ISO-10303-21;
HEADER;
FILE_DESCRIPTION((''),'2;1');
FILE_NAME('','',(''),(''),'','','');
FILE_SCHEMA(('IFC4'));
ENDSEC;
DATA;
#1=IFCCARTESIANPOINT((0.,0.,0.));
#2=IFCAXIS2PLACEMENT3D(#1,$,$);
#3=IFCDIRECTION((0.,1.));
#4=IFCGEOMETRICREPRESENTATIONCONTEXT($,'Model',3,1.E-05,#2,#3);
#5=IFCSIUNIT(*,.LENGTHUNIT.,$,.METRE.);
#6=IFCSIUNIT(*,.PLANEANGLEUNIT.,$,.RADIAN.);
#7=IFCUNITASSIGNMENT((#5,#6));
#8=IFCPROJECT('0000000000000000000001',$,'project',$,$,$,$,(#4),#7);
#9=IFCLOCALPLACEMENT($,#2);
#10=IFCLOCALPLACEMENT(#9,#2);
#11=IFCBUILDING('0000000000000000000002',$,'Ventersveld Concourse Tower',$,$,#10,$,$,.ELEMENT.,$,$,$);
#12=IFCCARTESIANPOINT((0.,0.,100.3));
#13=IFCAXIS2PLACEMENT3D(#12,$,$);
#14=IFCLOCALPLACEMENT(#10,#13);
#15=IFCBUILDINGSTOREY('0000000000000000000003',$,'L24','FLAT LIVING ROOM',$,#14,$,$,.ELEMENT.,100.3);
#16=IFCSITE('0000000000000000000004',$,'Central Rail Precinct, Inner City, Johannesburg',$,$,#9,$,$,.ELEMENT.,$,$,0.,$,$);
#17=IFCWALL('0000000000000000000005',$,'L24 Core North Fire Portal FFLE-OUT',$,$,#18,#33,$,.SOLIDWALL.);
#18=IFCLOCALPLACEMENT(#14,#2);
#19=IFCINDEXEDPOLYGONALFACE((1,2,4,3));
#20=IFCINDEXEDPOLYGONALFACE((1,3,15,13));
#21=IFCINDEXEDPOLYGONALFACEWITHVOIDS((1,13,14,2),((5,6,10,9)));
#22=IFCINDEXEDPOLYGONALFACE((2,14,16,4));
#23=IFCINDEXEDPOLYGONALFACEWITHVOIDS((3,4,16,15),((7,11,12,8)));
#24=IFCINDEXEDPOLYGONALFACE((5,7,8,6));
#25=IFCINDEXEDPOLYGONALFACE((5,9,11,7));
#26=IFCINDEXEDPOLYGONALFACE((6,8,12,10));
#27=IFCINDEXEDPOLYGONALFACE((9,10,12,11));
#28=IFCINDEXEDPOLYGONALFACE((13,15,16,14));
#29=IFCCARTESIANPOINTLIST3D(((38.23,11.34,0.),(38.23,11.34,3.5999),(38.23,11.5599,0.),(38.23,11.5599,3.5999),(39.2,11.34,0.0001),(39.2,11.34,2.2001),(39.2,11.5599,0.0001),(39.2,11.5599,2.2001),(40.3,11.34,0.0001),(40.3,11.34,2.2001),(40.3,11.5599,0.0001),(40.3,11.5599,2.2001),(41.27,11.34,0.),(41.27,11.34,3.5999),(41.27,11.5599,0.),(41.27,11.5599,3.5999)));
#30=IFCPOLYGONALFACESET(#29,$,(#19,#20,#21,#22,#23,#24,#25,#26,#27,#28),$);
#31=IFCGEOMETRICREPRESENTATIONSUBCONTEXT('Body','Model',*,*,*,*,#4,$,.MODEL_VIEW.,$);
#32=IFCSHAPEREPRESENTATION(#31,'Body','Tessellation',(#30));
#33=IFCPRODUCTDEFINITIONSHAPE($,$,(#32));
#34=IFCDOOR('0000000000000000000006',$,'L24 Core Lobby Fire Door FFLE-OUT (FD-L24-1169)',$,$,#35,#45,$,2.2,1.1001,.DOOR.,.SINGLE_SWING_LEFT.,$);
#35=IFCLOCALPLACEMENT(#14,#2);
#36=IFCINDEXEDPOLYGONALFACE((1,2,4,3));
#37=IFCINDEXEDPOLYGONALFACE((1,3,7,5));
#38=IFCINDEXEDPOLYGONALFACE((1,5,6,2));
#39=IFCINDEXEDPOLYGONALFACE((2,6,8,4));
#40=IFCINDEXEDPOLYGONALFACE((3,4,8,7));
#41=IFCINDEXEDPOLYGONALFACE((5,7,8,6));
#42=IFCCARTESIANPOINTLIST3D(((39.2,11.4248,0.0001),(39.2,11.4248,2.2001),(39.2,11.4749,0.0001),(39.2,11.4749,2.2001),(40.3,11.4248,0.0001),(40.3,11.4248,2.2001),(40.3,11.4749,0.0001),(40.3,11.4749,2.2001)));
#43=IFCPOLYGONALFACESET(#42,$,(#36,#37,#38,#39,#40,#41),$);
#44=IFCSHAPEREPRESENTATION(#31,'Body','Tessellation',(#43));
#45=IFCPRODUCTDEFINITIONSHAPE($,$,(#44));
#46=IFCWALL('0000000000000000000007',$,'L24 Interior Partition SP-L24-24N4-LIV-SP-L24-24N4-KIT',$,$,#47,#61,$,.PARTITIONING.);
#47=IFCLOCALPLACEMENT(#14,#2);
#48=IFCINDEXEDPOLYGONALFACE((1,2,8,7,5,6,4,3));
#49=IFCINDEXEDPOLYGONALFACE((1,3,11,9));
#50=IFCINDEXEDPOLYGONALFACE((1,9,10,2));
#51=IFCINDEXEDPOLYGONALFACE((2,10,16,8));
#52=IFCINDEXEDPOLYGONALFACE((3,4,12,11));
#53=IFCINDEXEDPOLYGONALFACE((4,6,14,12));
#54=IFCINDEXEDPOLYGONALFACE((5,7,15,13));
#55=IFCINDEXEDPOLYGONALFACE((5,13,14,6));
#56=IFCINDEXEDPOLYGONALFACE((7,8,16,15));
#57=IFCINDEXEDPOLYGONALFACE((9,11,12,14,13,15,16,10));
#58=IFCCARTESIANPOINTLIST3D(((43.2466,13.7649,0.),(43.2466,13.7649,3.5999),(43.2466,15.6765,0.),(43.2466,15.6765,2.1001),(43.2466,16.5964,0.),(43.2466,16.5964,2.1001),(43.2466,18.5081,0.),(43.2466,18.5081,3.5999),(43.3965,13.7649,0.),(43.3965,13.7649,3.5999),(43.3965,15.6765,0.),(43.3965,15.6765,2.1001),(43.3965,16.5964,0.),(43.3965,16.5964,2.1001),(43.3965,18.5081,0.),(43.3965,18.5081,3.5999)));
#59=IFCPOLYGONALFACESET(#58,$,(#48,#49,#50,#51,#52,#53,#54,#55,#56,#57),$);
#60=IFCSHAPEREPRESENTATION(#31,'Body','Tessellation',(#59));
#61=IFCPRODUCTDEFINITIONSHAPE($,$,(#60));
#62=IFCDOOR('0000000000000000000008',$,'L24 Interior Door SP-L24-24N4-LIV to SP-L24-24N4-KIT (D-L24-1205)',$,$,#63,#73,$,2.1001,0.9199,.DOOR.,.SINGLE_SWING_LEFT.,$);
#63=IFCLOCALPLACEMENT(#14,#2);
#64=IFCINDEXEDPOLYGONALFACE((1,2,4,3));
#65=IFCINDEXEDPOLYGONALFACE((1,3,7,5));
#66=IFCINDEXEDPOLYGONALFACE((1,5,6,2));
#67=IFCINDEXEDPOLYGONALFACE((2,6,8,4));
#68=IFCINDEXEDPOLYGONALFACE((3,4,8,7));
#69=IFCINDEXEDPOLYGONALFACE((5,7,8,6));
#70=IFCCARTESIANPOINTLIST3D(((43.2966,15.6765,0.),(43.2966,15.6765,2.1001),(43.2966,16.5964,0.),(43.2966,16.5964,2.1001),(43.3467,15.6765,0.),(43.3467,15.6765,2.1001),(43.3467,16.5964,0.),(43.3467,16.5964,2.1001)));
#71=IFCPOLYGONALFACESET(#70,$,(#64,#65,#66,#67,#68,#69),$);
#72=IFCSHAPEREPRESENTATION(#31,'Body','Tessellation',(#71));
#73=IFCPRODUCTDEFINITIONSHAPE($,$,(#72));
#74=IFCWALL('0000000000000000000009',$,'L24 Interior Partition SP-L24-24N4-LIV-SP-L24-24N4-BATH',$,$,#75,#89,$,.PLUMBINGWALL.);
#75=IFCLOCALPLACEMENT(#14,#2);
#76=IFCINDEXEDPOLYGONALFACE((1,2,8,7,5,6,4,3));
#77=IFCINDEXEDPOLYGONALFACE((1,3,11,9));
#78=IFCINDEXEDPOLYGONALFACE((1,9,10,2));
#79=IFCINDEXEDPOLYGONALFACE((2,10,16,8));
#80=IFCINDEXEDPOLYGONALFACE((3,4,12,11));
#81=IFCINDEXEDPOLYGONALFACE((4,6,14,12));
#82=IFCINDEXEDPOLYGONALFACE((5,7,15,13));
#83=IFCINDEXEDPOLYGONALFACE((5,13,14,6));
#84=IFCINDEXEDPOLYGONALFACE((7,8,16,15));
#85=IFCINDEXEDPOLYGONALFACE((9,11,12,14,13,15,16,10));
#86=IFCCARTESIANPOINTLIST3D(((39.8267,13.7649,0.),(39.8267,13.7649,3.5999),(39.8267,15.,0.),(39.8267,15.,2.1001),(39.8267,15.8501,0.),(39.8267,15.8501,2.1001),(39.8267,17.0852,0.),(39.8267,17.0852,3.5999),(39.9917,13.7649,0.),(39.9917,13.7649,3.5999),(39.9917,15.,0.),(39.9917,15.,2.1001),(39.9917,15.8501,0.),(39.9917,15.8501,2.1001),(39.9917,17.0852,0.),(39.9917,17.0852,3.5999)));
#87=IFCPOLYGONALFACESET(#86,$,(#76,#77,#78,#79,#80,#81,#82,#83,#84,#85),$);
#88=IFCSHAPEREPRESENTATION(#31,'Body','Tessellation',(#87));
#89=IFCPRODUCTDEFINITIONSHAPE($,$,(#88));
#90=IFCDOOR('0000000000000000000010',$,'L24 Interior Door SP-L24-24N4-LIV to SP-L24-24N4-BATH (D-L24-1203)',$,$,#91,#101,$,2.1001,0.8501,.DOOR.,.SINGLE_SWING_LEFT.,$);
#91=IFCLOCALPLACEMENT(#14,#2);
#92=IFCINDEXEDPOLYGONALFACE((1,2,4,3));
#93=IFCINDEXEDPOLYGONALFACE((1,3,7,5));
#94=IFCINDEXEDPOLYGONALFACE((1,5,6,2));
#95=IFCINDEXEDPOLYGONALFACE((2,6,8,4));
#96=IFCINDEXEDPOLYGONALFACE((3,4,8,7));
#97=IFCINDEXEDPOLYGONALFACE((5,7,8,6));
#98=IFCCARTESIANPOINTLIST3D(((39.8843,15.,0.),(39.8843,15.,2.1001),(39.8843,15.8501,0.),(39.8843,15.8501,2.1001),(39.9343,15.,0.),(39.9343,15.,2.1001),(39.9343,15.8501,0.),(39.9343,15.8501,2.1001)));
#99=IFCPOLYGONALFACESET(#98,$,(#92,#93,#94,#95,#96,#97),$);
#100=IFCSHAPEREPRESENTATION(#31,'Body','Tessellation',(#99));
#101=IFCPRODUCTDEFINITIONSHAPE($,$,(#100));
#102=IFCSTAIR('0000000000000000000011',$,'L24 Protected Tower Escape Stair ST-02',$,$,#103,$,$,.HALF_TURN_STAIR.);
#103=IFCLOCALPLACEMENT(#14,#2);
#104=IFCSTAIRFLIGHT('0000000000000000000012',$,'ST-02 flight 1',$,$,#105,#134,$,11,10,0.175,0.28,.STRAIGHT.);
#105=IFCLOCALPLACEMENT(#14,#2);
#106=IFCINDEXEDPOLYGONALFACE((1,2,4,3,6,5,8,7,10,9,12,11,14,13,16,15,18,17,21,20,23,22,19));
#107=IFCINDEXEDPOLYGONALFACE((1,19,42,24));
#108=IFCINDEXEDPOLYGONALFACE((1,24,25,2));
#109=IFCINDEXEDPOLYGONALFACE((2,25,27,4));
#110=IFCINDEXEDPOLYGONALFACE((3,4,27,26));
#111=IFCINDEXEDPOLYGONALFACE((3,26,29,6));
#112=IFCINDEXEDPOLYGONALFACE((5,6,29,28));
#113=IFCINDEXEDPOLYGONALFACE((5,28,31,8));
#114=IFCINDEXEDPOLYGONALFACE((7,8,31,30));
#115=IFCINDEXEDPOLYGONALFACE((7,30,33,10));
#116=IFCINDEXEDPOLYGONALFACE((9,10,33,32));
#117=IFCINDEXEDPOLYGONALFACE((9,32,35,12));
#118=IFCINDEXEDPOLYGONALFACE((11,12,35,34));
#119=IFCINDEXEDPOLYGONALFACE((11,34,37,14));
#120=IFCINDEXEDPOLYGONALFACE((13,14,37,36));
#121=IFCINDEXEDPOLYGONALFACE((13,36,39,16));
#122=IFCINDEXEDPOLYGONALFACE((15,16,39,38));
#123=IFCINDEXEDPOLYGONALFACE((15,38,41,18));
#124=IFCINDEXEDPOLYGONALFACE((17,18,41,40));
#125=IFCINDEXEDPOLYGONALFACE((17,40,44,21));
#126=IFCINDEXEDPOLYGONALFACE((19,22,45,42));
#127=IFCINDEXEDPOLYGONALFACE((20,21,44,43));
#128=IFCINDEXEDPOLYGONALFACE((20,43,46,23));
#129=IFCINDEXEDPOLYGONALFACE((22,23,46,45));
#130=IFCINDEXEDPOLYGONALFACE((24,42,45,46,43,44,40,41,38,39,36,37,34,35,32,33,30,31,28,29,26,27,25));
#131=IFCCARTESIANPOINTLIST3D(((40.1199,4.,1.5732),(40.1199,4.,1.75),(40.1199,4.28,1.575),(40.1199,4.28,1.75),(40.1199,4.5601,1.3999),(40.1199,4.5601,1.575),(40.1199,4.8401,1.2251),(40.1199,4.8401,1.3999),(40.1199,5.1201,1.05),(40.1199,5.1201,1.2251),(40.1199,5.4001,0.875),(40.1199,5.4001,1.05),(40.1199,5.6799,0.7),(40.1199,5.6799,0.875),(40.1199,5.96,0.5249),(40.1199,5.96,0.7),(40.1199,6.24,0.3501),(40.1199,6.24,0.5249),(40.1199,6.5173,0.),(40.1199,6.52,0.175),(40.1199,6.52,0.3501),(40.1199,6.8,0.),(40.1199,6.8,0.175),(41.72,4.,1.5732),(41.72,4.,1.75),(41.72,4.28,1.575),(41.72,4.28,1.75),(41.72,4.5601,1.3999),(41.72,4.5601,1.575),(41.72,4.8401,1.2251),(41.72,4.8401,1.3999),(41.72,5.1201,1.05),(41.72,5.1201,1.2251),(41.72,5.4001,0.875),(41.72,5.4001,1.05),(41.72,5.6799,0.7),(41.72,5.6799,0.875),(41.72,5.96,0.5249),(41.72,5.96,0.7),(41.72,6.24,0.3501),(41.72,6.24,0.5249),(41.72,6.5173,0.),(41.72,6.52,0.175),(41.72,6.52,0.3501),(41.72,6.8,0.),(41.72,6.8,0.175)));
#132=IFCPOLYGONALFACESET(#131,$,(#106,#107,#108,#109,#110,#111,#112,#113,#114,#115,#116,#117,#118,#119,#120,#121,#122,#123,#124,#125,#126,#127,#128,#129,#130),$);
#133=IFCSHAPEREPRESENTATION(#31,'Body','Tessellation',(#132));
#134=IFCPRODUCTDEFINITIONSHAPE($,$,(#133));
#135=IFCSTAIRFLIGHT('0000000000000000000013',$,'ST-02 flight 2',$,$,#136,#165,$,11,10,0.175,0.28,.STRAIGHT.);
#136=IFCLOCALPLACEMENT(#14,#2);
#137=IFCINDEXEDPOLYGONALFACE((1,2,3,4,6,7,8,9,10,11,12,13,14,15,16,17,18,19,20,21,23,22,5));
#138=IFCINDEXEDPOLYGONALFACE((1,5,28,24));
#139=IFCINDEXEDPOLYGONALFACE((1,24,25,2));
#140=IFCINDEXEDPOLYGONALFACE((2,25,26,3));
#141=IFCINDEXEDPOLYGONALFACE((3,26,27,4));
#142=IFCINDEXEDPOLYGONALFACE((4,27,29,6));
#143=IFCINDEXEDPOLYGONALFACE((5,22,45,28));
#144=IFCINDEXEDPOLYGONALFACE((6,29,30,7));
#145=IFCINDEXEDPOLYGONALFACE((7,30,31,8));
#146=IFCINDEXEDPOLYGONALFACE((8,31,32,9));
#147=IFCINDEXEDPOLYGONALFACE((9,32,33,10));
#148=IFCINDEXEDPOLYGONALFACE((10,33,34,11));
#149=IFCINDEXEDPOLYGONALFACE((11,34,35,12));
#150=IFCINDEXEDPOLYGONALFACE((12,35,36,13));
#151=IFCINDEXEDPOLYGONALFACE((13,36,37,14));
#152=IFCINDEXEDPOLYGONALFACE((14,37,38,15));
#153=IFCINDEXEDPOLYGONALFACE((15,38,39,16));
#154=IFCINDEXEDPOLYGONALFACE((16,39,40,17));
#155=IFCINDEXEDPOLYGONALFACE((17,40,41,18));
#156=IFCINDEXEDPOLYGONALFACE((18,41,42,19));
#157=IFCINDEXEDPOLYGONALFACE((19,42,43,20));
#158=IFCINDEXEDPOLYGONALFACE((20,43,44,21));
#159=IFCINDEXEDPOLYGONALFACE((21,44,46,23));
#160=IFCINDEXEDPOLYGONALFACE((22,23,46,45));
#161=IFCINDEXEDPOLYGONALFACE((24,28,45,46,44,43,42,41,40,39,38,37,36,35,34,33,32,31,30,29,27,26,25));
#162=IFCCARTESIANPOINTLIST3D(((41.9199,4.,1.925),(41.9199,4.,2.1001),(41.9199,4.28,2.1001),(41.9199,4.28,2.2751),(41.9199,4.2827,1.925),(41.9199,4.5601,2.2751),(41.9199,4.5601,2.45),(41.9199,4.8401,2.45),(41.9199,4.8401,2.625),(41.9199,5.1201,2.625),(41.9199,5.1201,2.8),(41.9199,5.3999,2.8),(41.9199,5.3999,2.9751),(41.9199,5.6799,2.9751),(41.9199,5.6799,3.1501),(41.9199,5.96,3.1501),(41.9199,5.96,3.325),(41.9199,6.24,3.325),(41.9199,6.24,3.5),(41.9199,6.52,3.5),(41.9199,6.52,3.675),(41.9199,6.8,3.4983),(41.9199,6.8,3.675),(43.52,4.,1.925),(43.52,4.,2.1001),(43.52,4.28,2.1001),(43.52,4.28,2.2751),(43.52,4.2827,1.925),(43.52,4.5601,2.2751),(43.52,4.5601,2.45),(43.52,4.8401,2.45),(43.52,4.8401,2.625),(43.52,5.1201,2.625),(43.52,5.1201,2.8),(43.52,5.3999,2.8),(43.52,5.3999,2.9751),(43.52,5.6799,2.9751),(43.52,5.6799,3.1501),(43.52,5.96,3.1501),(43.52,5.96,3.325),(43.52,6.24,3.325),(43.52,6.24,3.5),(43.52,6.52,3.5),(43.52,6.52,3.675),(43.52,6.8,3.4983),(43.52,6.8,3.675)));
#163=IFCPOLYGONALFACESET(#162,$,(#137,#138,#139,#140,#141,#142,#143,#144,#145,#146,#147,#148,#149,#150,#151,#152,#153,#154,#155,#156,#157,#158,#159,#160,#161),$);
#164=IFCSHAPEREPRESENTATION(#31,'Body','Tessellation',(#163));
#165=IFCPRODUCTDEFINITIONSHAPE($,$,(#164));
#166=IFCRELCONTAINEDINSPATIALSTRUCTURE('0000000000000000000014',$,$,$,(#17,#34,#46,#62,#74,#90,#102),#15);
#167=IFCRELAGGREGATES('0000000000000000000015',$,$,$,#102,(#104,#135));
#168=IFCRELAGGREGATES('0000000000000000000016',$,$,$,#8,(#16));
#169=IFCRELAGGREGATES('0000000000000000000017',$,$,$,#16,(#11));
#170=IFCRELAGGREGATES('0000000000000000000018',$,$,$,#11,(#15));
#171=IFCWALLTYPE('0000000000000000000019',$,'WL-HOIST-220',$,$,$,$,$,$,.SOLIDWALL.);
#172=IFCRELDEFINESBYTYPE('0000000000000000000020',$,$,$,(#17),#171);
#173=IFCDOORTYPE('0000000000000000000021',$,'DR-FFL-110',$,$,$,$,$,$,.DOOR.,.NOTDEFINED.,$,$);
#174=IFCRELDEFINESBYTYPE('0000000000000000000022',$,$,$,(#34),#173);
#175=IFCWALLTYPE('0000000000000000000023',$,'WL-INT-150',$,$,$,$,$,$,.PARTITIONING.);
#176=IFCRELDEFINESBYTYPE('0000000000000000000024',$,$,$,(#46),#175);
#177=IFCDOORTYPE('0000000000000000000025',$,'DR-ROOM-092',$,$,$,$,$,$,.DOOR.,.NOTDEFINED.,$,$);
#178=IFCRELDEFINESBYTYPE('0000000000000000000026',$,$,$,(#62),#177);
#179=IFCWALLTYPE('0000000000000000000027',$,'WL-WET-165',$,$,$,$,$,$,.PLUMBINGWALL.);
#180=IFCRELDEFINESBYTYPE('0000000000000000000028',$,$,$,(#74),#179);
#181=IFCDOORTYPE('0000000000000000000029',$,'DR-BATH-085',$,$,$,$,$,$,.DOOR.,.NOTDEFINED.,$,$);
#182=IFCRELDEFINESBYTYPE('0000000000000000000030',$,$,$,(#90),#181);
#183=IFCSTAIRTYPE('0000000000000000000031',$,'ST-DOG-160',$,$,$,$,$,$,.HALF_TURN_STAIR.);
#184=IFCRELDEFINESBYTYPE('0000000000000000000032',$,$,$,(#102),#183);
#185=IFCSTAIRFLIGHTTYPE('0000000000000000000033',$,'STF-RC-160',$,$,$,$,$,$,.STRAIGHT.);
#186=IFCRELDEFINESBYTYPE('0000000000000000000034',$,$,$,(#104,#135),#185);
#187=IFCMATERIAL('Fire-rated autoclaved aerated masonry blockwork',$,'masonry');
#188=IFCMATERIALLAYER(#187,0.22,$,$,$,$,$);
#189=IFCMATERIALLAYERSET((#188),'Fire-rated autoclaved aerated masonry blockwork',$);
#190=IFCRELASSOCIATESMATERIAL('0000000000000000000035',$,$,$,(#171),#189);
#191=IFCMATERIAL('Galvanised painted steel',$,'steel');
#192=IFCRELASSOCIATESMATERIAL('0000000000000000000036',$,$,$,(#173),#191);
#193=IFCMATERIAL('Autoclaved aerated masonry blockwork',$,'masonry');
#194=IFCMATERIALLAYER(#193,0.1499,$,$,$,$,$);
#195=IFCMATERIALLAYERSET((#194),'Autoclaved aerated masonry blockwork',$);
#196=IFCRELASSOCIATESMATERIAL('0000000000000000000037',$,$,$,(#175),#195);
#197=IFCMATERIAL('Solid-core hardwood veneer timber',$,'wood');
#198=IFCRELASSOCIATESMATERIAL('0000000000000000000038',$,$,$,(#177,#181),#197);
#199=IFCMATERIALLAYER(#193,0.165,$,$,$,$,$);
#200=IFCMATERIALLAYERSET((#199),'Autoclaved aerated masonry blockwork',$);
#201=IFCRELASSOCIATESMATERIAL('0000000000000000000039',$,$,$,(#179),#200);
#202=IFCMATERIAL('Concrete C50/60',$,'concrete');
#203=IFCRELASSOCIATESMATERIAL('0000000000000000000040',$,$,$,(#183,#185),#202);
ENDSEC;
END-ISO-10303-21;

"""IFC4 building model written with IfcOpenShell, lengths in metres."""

from ifc_helpers import new_model, si_unit, direction, frame, frame_2d, origin, place, context, subcontext, project, spatial, polyline, rectangle, outline, extrude, material, layer, layer_set, type_object, element, fill, aggregate, save


model = new_model("IFC4")

# Units and contexts
model_context = context("Model", 3, precision=1e-05, world=origin(), true_north=direction((0.0, 1.0)))
body_context = subcontext(model_context, "Body", "Model", "MODEL_VIEW")
ifc_project = project(units=[si_unit("LENGTHUNIT", "METRE"), si_unit("PLANEANGLEUNIT", "RADIAN")], contexts=[model_context])

# Site, building, storey
site_placement = place(None, origin())
site = spatial("IfcSite", under=ifc_project, at=site_placement, Name="Central Rail Precinct, Inner City, Johannesburg", CompositionType="ELEMENT", RefElevation=0.0)
building_placement = place(site_placement, origin())
building = spatial("IfcBuilding", under=site, at=building_placement, Name="Ventersveld Concourse Tower", CompositionType="ELEMENT")
storey_placement = place(building_placement, frame((0.0, 0.0, 100.3)))
storey = spatial("IfcBuildingStorey", under=building, at=storey_placement, Name="L24", Description="FLAT LIVING ROOM", CompositionType="ELEMENT", Elevation=100.3)

# Shared definitions
ifc_material_1 = material(Name="Fire-rated autoclaved aerated masonry blockwork", Category="masonry")
ifc_layer_1 = layer(ifc_material_1, 0.22)
ifc_layer_set_1 = layer_set([ifc_layer_1], Name="Fire-rated autoclaved aerated masonry blockwork")
wall_type_1 = type_object("IfcWallType", Name="WL-HOIST-220", PredefinedType="SOLIDWALL", material=ifc_layer_set_1)

# Walls, openings, doors
ifc_material_2 = material(Name="Galvanised painted steel", Category="steel")
wall_1_placement = place(storey_placement, frame((38.23, 11.45, 0.0), z_axis=(0.0, 0.0, 1.0), x_axis=(1.0, 0.0, 0.0)))
wall_1 = element("IfcWall", 1, at=wall_1_placement, inside=storey, type_object=wall_type_1, Name="L24 Core North Fire Portal FFLE-OUT", PredefinedType="SOLIDWALL", context=body_context, shape_type="SweptSolid", body=[
    extrude(rectangle(XDim=3.04, YDim=0.22, at=frame_2d((1.52, 0.0))), origin(), (0.0, 0.0, 1.0), 3.5999),
])
opening_1_placement = place(wall_1_placement, frame((0.97, 0.0, 0.0)))
opening_1 = element("IfcOpeningElement", 2, at=opening_1_placement, cuts=wall_1, PredefinedType="OPENING", context=body_context, shape_type="SweptSolid", body=[
    extrude(rectangle(XDim=1.1001, YDim=2.2, at=frame_2d((0.55, 1.1001))), frame((0.0, 0.1201, 0.0), z_axis=(0.0, -1.0, 0.0), x_axis=(1.0, 0.0, 0.0)), (0.0, 0.0, 1.0), 0.24),
])
door_type_1 = type_object("IfcDoorType", Name="DR-FFL-110", OperationType="NOTDEFINED", PredefinedType="DOOR", material=ifc_material_2)
door_1_placement = place(opening_1_placement, origin())
door_1 = element("IfcDoor", 3, at=door_1_placement, inside=storey, type_object=door_type_1, Name="L24 Core Lobby Fire Door FFLE-OUT (FD-L24-1169)", OperationType="SINGLE_SWING_LEFT", OverallHeight=2.2, OverallWidth=1.1001, PredefinedType="DOOR", context=body_context, shape_type="SweptSolid", body=[
    extrude(rectangle(XDim=1.1001, YDim=2.2, at=frame_2d((0.55, 1.1001))), frame((0.0, 0.0249, 0.0), z_axis=(0.0, -1.0, 0.0), x_axis=(1.0, 0.0, 0.0)), (0.0, 0.0, 1.0), 0.05),
])
fill(opening_1, door_1)
ifc_material_3 = material(Name="Autoclaved aerated masonry blockwork", Category="masonry")
ifc_layer_2 = layer(ifc_material_3, 0.1499)
ifc_layer_set_2 = layer_set([ifc_layer_2], Name="Autoclaved aerated masonry blockwork")
wall_type_2 = type_object("IfcWallType", Name="WL-INT-150", PredefinedType="PARTITIONING", material=ifc_layer_set_2)
wall_2_placement = place(storey_placement, frame((43.3215, 13.7649, 0.0), z_axis=(0.0, 0.0, 1.0), x_axis=(0.0, 1.0, 0.0)))
wall_2 = element("IfcWall", 4, at=wall_2_placement, inside=storey, type_object=wall_type_2, Name="L24 Interior Partition SP-L24-24N4-LIV-SP-L24-24N4-KIT", PredefinedType="PARTITIONING", context=body_context, shape_type="SweptSolid", body=[
    extrude(rectangle(XDim=4.7432, YDim=0.1499, at=frame_2d((2.3716, 0.0))), origin(), (0.0, 0.0, 1.0), 3.5999),
])
opening_2_placement = place(wall_2_placement, frame((1.9116, 0.0, 0.0)))
opening_2 = element("IfcOpeningElement", 5, at=opening_2_placement, cuts=wall_2, PredefinedType="OPENING", context=body_context, shape_type="SweptSolid", body=[
    extrude(rectangle(XDim=0.9199, YDim=2.1001, at=frame_2d((0.46, 1.05))), frame((0.0, 0.085, 0.0), z_axis=(0.0, -1.0, 0.0), x_axis=(1.0, 0.0, 0.0)), (0.0, 0.0, 1.0), 0.1699),
])
ifc_material_4 = material(Name="Solid-core hardwood veneer timber", Category="wood")
door_type_2 = type_object("IfcDoorType", Name="DR-ROOM-092", OperationType="NOTDEFINED", PredefinedType="DOOR", material=ifc_material_4)
door_2_placement = place(opening_2_placement, origin())
door_2 = element("IfcDoor", 6, at=door_2_placement, inside=storey, type_object=door_type_2, Name="L24 Interior Door SP-L24-24N4-LIV to SP-L24-24N4-KIT (D-L24-1205)", OperationType="SINGLE_SWING_LEFT", OverallHeight=2.1001, OverallWidth=0.9199, PredefinedType="DOOR", context=body_context, shape_type="SweptSolid", body=[
    extrude(rectangle(XDim=0.9199, YDim=2.1001, at=frame_2d((0.46, 1.05))), frame((0.0, 0.0249, 0.0), z_axis=(0.0, -1.0, 0.0), x_axis=(1.0, 0.0, 0.0)), (0.0, 0.0, 1.0), 0.05),
])
fill(opening_2, door_2)
ifc_layer_3 = layer(ifc_material_3, 0.165)
ifc_layer_set_3 = layer_set([ifc_layer_3], Name="Autoclaved aerated masonry blockwork")
wall_type_3 = type_object("IfcWallType", Name="WL-WET-165", PredefinedType="PLUMBINGWALL", material=ifc_layer_set_3)
wall_3_placement = place(storey_placement, frame((39.9092, 13.7649, 0.0), z_axis=(0.0, 0.0, 1.0), x_axis=(0.0, 1.0, 0.0)))
wall_3 = element("IfcWall", 7, at=wall_3_placement, inside=storey, type_object=wall_type_3, Name="L24 Interior Partition SP-L24-24N4-LIV-SP-L24-24N4-BATH", PredefinedType="PLUMBINGWALL", context=body_context, shape_type="SweptSolid", body=[
    extrude(rectangle(XDim=3.3203, YDim=0.165, at=frame_2d((1.6602, 0.0))), origin(), (0.0, 0.0, 1.0), 3.5999),
])
opening_3_placement = place(wall_3_placement, frame((1.2351, 0.0, 0.0)))
opening_3 = element("IfcOpeningElement", 8, at=opening_3_placement, cuts=wall_3, PredefinedType="OPENING", context=body_context, shape_type="SweptSolid", body=[
    extrude(rectangle(XDim=0.8501, YDim=2.1001, at=frame_2d((0.425, 1.05))), frame((0.0, 0.0925, 0.0), z_axis=(0.0, -1.0, 0.0), x_axis=(1.0, 0.0, 0.0)), (0.0, 0.0, 1.0), 0.1851),
])
door_type_3 = type_object("IfcDoorType", Name="DR-BATH-085", OperationType="NOTDEFINED", PredefinedType="DOOR", material=ifc_material_4)
door_3_placement = place(opening_3_placement, origin())
door_3 = element("IfcDoor", 9, at=door_3_placement, inside=storey, type_object=door_type_3, Name="L24 Interior Door SP-L24-24N4-LIV to SP-L24-24N4-BATH (D-L24-1203)", OperationType="SINGLE_SWING_LEFT", OverallHeight=2.1001, OverallWidth=0.8501, PredefinedType="DOOR", context=body_context, shape_type="SweptSolid", body=[
    extrude(rectangle(XDim=0.8501, YDim=2.1001, at=frame_2d((0.425, 1.05))), frame((0.0, 0.0249, 0.0), z_axis=(0.0, -1.0, 0.0), x_axis=(1.0, 0.0, 0.0)), (0.0, 0.0, 1.0), 0.05),
])
fill(opening_3, door_3)

# Stair, stair flights
ifc_material_5 = material(Name="Concrete C50/60", Category="concrete")
stair_type = type_object("IfcStairType", Name="ST-DOG-160", PredefinedType="HALF_TURN_STAIR", material=ifc_material_5)
stair_placement = place(storey_placement, origin())
stair = element("IfcStair", 10, at=stair_placement, inside=storey, type_object=stair_type, Name="L24 Protected Tower Escape Stair ST-02", PredefinedType="HALF_TURN_STAIR")
stair_flight_type = type_object("IfcStairFlightType", Name="STF-RC-160", PredefinedType="STRAIGHT", material=ifc_material_5)
stair_flight_1_placement = place(storey_placement, frame((40.9199, 6.8, 0.0), z_axis=(0.0, 0.0, 1.0), x_axis=(0.0, -1.0, 0.0)))
stair_flight_1 = element("IfcStairFlight", 11, at=stair_flight_1_placement, type_object=stair_flight_type, Name="ST-02 flight 1", NumberOfRisers=11, NumberOfTreads=10, PredefinedType="STRAIGHT", RiserHeight=0.175, TreadLength=0.28, context=body_context, shape_type="SweptSolid", body=[
    extrude(outline(polyline([(0.0, 0.0), (0.0, 0.175), (0.28, 0.175), (0.28, 0.3501), (0.5601, 0.3501), (0.5601, 0.5249), (0.8401, 0.5249), (0.8401, 0.7), (1.1201, 0.7), (1.1201, 0.875), (1.3999, 0.875), (1.3999, 1.05), (1.6799, 1.05), (1.6799, 1.2251), (1.96, 1.2251), (1.96, 1.3999), (2.24, 1.3999), (2.24, 1.575), (2.52, 1.575), (2.52, 1.75), (2.8, 1.75), (2.8, 1.925), (2.8, 1.5732), (0.2827, 0.0), (0.0, 0.0)])), frame((0.0, 0.8, 0.0), z_axis=(0.0, -1.0, 0.0), x_axis=(1.0, 0.0, 0.0)), (0.0, 0.0, 1.0), 1.6001),
])
stair_flight_2_placement = place(storey_placement, frame((42.72, 4.0, 1.925), z_axis=(0.0, 0.0, 1.0), x_axis=(0.0, 1.0, 0.0)))
stair_flight_2 = element("IfcStairFlight", 12, at=stair_flight_2_placement, type_object=stair_flight_type, Name="ST-02 flight 2", NumberOfRisers=11, NumberOfTreads=10, PredefinedType="STRAIGHT", RiserHeight=0.175, TreadLength=0.28, context=body_context, shape_type="SweptSolid", body=[
    extrude(outline(polyline([(0.0, 0.0), (0.0, 0.175), (0.28, 0.175), (0.28, 0.3501), (0.5601, 0.3501), (0.5601, 0.5249), (0.8401, 0.5249), (0.8401, 0.7), (1.1201, 0.7), (1.1201, 0.875), (1.3999, 0.875), (1.3999, 1.05), (1.6799, 1.05), (1.6799, 1.2251), (1.96, 1.2251), (1.96, 1.3999), (2.24, 1.3999), (2.24, 1.575), (2.52, 1.575), (2.52, 1.75), (2.8, 1.75), (2.8, 1.925), (2.8, 1.5732), (0.2827, 0.0), (0.0, 0.0)])), frame((0.0, 0.8, 0.0), z_axis=(0.0, -1.0, 0.0), x_axis=(1.0, 0.0, 0.0)), (0.0, 0.0, 1.0), 1.6001),
])
aggregate(stair, [stair_flight_1, stair_flight_2])

save(model, "model.ifc")
